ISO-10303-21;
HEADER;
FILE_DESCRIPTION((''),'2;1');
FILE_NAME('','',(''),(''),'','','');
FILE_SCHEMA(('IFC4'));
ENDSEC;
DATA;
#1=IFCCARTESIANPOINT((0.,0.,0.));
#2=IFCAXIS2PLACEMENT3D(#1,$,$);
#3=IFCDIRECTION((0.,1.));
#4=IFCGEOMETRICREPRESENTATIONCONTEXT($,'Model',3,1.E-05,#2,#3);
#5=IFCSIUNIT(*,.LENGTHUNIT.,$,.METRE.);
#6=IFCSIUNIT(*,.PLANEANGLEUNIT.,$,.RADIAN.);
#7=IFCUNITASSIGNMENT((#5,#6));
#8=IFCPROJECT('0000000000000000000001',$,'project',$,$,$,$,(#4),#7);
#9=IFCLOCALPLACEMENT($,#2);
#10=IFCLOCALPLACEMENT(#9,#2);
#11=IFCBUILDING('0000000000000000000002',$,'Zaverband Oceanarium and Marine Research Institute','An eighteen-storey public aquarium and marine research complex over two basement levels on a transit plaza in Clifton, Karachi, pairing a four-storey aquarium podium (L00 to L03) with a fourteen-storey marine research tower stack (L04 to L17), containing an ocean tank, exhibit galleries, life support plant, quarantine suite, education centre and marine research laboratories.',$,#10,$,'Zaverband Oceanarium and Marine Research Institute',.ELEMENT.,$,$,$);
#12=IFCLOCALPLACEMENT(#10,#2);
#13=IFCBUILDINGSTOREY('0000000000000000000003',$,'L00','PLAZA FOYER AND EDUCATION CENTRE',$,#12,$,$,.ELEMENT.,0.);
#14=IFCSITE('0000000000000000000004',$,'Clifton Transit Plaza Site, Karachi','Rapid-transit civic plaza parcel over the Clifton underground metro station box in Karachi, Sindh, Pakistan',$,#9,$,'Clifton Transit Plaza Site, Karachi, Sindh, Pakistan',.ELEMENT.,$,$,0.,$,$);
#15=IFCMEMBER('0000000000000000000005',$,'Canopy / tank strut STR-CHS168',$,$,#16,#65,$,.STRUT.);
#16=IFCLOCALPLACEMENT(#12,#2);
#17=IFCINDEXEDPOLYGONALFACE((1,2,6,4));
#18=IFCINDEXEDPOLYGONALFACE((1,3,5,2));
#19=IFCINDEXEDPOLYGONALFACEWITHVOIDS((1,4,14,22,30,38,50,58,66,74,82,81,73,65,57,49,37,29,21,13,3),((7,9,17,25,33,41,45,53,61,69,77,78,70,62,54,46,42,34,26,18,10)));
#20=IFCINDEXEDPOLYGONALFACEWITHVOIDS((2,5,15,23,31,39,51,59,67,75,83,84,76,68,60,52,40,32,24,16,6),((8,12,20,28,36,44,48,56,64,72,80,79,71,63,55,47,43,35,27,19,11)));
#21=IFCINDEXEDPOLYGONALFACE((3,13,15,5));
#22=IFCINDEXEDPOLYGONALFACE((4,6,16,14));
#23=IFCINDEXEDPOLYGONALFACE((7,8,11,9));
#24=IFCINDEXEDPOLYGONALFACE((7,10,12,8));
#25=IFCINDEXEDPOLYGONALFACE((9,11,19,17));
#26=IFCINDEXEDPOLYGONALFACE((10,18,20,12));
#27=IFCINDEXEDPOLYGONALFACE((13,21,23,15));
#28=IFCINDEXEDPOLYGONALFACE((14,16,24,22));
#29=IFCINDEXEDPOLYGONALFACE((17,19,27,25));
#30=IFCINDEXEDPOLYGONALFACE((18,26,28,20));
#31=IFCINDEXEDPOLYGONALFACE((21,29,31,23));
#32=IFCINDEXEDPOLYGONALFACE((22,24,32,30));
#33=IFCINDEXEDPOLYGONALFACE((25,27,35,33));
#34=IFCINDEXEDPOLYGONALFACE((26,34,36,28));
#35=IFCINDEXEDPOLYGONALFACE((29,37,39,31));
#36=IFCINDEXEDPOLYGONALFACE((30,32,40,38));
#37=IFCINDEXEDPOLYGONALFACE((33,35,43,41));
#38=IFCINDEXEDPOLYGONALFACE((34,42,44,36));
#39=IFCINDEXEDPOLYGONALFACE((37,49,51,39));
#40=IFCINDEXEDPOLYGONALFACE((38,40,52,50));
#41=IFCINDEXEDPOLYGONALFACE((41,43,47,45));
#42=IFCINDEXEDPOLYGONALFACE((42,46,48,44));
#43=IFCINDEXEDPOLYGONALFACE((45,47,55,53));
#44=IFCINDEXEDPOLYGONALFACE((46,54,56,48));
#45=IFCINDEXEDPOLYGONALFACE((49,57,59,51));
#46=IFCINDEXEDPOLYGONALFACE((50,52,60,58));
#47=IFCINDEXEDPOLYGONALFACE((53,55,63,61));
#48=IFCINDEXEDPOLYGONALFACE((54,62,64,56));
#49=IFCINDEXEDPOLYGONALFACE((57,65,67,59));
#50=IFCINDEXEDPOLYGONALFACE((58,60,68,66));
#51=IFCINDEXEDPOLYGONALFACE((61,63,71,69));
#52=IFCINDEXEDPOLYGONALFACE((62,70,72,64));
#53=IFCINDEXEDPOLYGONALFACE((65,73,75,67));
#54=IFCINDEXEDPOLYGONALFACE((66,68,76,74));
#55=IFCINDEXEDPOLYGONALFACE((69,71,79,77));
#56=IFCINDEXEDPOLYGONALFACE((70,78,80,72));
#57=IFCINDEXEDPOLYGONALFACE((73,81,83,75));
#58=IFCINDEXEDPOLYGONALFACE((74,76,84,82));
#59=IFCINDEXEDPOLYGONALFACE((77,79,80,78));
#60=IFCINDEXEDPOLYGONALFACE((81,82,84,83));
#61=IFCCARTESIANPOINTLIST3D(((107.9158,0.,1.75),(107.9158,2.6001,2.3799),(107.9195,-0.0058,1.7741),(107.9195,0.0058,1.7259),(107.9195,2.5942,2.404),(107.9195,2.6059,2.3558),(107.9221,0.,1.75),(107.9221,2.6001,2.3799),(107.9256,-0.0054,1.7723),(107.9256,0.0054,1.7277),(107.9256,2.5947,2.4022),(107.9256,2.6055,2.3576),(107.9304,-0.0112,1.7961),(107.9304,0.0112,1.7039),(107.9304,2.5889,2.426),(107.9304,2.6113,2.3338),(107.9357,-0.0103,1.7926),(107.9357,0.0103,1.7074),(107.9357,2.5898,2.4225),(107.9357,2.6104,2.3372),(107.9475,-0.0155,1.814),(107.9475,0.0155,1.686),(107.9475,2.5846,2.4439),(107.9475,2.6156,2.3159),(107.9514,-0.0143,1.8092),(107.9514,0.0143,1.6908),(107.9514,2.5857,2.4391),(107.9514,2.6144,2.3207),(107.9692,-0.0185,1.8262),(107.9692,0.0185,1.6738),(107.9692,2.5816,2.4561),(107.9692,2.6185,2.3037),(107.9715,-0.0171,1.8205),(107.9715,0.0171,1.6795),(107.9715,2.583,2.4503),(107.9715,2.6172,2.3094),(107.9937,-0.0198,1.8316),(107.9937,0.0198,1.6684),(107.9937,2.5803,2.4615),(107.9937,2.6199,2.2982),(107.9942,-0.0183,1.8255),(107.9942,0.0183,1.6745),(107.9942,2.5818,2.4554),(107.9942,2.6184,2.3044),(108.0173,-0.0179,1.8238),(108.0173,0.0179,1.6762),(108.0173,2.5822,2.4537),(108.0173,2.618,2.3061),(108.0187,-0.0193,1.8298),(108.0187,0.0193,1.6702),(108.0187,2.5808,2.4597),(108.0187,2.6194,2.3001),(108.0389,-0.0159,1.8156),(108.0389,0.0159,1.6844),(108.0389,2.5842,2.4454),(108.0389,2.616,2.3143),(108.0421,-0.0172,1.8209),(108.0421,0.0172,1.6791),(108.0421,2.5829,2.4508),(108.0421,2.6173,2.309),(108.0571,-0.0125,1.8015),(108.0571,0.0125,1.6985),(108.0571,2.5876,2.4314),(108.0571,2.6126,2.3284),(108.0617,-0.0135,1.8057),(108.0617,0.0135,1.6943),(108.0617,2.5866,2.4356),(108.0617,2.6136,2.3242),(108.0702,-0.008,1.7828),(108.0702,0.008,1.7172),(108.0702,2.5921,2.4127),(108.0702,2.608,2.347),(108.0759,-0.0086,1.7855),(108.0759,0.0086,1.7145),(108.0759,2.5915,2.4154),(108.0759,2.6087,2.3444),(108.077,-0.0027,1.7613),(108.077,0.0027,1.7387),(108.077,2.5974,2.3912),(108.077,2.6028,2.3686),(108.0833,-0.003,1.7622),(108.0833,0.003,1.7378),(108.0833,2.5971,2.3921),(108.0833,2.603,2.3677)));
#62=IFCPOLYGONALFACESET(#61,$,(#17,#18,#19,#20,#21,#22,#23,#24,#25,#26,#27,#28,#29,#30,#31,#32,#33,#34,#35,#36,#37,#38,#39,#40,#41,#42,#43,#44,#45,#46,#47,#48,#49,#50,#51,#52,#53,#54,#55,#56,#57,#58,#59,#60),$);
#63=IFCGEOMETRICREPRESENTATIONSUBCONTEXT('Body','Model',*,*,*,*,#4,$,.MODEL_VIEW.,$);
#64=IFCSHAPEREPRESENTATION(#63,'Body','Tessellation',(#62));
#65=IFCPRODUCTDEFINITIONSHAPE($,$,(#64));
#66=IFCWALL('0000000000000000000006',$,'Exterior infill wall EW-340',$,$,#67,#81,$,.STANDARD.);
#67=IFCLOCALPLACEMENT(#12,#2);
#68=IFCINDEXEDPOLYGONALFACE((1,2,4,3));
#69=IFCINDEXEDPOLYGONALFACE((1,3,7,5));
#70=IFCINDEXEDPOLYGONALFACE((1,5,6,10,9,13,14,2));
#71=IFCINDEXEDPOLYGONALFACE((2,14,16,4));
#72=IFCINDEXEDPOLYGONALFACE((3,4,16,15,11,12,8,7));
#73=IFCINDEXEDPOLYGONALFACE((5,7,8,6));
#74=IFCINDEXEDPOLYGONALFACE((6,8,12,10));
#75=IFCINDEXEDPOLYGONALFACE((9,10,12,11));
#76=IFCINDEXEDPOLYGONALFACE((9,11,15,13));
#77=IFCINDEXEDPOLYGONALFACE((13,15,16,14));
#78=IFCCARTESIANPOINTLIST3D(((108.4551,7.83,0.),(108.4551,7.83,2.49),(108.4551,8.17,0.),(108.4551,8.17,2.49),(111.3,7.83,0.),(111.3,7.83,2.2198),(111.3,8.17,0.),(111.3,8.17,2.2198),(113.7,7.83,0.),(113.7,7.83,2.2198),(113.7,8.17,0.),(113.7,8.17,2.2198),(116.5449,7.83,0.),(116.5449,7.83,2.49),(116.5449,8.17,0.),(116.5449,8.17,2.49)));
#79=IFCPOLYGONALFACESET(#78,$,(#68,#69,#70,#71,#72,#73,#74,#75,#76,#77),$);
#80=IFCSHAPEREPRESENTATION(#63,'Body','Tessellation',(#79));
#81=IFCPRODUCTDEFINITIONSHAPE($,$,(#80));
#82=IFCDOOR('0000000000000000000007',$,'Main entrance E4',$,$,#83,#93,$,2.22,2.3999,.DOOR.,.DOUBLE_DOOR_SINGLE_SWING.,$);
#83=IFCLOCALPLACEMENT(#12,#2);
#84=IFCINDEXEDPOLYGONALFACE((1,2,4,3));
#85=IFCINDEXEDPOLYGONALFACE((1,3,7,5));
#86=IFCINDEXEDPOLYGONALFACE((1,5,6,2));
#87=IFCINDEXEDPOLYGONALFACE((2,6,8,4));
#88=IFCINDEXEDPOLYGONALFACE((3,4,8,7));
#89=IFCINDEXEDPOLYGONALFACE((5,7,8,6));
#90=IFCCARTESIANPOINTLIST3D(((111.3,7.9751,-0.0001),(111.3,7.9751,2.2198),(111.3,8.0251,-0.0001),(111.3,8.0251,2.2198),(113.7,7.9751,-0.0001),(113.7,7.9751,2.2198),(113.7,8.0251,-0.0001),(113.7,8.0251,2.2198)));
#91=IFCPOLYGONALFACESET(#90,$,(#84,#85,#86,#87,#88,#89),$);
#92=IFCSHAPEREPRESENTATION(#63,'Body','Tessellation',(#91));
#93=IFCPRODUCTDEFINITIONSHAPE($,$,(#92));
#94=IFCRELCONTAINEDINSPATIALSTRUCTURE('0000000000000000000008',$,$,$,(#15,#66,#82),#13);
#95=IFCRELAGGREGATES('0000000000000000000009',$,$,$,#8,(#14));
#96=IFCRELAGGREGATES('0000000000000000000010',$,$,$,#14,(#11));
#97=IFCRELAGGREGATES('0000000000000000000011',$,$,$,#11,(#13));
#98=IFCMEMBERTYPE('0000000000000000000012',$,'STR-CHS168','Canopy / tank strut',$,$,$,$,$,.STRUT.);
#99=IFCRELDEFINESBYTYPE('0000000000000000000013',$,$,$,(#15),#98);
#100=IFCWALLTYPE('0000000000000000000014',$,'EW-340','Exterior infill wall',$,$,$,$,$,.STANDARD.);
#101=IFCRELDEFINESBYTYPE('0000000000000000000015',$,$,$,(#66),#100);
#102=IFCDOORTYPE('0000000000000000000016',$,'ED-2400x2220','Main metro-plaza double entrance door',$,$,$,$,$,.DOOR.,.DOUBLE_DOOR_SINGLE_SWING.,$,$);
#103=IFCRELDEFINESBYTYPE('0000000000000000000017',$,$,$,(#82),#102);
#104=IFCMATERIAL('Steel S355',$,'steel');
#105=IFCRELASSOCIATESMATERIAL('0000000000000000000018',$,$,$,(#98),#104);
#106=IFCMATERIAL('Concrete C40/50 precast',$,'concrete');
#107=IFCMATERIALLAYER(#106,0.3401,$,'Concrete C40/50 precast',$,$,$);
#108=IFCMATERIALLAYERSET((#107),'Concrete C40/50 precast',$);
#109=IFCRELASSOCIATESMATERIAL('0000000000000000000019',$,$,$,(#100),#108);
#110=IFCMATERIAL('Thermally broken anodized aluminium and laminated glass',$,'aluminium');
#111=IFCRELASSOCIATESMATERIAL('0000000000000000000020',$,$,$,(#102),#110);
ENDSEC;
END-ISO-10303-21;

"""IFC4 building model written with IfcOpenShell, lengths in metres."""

from ifc_helpers import new_model, si_unit, direction, frame, frame_2d, origin, origin_2d, place, context, subcontext, project, spatial, rectangle, hollow_circle, extrude, material, layer, layer_set, material_profile, profile_set, type_object, element, fill, save


model = new_model("IFC4")

# Units and contexts
model_context = context("Model", 3, precision=1e-05, world=origin(), true_north=direction((0.0, 1.0)))
body_context = subcontext(model_context, "Body", "Model", "MODEL_VIEW")
ifc_project = project(units=[si_unit("LENGTHUNIT", "METRE"), si_unit("PLANEANGLEUNIT", "RADIAN")], contexts=[model_context])

# Site, building, storey
site_placement = place(None, origin())
site = spatial("IfcSite", under=ifc_project, at=site_placement, Name="Clifton Transit Plaza Site, Karachi", Description="Rapid-transit civic plaza parcel over the Clifton underground metro station box in Karachi, Sindh, Pakistan", LongName="Clifton Transit Plaza Site, Karachi, Sindh, Pakistan", CompositionType="ELEMENT", RefElevation=0.0)
building_placement = place(site_placement, origin())
building = spatial("IfcBuilding", under=site, at=building_placement, Name="Zaverband Oceanarium and Marine Research Institute", Description="An eighteen-storey public aquarium and marine research complex over two basement levels on a transit plaza in Clifton, Karachi, pairing a four-storey aquarium podium (L00 to L03) with a fourteen-storey marine research tower stack (L04 to L17), containing an ocean tank, exhibit galleries, life support plant, quarantine suite, education centre and marine research laboratories.", LongName="Zaverband Oceanarium and Marine Research Institute", CompositionType="ELEMENT")
storey_placement = place(building_placement, origin())
storey = spatial("IfcBuildingStorey", under=building, at=storey_placement, Name="L00", Description="PLAZA FOYER AND EDUCATION CENTRE", CompositionType="ELEMENT", Elevation=0.0)

# Shared definitions
ifc_material_1 = material(Name="Steel S355", Category="steel")

# Member
ifc_material_profile_1 = material_profile(ifc_material_1, hollow_circle(Radius=0.0842, WallThickness=0.0063, at=origin_2d()), Name="CHS168x6.3")
ifc_profile_set_1 = profile_set([ifc_material_profile_1], Name="Steel S355")
member_type_1 = type_object("IfcMemberType", Name="STR-CHS168", Description="Canopy / tank strut", PredefinedType="STRUT", material=ifc_profile_set_1)
member_1_placement = place(storey_placement, frame((108.0, 0.0, 1.75), z_axis=(0.0, 0.971888, 0.235443), x_axis=(-1.0, 0.0, 0.0)))
element("IfcMember", 1, at=member_1_placement, inside=storey, type_object=member_type_1, Name="Canopy / tank strut STR-CHS168", PredefinedType="STRUT", context=body_context, shape_type="SweptSolid", body=[
    extrude(hollow_circle(Radius=0.0842, WallThickness=0.0063, at=origin_2d()), origin(), (0.0, 0.0, 1.0), 2.6753),
])

# Wall, opening, door
ifc_material_2 = material(Name="Concrete C40/50 precast", Category="concrete")
ifc_layer = layer(ifc_material_2, 0.3401, Name="Concrete C40/50 precast")
ifc_layer_set = layer_set([ifc_layer], Name="Concrete C40/50 precast")
wall_type = type_object("IfcWallType", Name="EW-340", Description="Exterior infill wall", PredefinedType="STANDARD", material=ifc_layer_set)
wall_placement = place(storey_placement, frame((108.4551, 8.0, 0.0), z_axis=(0.0, 0.0, 1.0), x_axis=(1.0, 0.0, 0.0)))
wall = element("IfcWall", 2, at=wall_placement, inside=storey, type_object=wall_type, Name="Exterior infill wall EW-340", PredefinedType="STANDARD", context=body_context, shape_type="SweptSolid", body=[
    extrude(rectangle(XDim=8.0898, YDim=0.3401, at=frame_2d((4.0449, 0.0))), origin(), (0.0, 0.0, 1.0), 2.49),
])
opening_placement = place(wall_placement, frame((2.845, 0.0, 0.0)))
opening = element("IfcOpeningElement", 3, at=opening_placement, cuts=wall, PredefinedType="OPENING", context=body_context, shape_type="SweptSolid", body=[
    extrude(rectangle(XDim=2.3999, YDim=2.22, at=frame_2d((1.2, 1.1099))), frame((0.0, 0.1821, 0.0), z_axis=(0.0, -1.0, 0.0), x_axis=(1.0, 0.0, 0.0)), (0.0, 0.0, 1.0), 0.364),
])
ifc_material_3 = material(Name="Thermally broken anodized aluminium and laminated glass", Category="aluminium")
door_type = type_object("IfcDoorType", Name="ED-2400x2220", Description="Main metro-plaza double entrance door", OperationType="DOUBLE_DOOR_SINGLE_SWING", PredefinedType="DOOR", material=ifc_material_3)
door_placement = place(opening_placement, frame((2.3999, 0.0, 0.0), z_axis=(0.0, 0.0, 1.0), x_axis=(-1.0, 0.0, 0.0)))
door = element("IfcDoor", 4, at=door_placement, inside=storey, type_object=door_type, Name="Main entrance E4", OperationType="DOUBLE_DOOR_SINGLE_SWING", OverallHeight=2.22, OverallWidth=2.3999, PredefinedType="DOOR", context=body_context, shape_type="SweptSolid", body=[
    extrude(rectangle(XDim=2.3999, YDim=2.22, at=frame_2d((1.2, 1.1099))), frame((0.0, 0.0249, 0.0), z_axis=(0.0, -1.0, 0.0), x_axis=(1.0, 0.0, 0.0)), (0.0, 0.0, 1.0), 0.05),
])
fill(opening, door)

save(model, "model.ifc")
